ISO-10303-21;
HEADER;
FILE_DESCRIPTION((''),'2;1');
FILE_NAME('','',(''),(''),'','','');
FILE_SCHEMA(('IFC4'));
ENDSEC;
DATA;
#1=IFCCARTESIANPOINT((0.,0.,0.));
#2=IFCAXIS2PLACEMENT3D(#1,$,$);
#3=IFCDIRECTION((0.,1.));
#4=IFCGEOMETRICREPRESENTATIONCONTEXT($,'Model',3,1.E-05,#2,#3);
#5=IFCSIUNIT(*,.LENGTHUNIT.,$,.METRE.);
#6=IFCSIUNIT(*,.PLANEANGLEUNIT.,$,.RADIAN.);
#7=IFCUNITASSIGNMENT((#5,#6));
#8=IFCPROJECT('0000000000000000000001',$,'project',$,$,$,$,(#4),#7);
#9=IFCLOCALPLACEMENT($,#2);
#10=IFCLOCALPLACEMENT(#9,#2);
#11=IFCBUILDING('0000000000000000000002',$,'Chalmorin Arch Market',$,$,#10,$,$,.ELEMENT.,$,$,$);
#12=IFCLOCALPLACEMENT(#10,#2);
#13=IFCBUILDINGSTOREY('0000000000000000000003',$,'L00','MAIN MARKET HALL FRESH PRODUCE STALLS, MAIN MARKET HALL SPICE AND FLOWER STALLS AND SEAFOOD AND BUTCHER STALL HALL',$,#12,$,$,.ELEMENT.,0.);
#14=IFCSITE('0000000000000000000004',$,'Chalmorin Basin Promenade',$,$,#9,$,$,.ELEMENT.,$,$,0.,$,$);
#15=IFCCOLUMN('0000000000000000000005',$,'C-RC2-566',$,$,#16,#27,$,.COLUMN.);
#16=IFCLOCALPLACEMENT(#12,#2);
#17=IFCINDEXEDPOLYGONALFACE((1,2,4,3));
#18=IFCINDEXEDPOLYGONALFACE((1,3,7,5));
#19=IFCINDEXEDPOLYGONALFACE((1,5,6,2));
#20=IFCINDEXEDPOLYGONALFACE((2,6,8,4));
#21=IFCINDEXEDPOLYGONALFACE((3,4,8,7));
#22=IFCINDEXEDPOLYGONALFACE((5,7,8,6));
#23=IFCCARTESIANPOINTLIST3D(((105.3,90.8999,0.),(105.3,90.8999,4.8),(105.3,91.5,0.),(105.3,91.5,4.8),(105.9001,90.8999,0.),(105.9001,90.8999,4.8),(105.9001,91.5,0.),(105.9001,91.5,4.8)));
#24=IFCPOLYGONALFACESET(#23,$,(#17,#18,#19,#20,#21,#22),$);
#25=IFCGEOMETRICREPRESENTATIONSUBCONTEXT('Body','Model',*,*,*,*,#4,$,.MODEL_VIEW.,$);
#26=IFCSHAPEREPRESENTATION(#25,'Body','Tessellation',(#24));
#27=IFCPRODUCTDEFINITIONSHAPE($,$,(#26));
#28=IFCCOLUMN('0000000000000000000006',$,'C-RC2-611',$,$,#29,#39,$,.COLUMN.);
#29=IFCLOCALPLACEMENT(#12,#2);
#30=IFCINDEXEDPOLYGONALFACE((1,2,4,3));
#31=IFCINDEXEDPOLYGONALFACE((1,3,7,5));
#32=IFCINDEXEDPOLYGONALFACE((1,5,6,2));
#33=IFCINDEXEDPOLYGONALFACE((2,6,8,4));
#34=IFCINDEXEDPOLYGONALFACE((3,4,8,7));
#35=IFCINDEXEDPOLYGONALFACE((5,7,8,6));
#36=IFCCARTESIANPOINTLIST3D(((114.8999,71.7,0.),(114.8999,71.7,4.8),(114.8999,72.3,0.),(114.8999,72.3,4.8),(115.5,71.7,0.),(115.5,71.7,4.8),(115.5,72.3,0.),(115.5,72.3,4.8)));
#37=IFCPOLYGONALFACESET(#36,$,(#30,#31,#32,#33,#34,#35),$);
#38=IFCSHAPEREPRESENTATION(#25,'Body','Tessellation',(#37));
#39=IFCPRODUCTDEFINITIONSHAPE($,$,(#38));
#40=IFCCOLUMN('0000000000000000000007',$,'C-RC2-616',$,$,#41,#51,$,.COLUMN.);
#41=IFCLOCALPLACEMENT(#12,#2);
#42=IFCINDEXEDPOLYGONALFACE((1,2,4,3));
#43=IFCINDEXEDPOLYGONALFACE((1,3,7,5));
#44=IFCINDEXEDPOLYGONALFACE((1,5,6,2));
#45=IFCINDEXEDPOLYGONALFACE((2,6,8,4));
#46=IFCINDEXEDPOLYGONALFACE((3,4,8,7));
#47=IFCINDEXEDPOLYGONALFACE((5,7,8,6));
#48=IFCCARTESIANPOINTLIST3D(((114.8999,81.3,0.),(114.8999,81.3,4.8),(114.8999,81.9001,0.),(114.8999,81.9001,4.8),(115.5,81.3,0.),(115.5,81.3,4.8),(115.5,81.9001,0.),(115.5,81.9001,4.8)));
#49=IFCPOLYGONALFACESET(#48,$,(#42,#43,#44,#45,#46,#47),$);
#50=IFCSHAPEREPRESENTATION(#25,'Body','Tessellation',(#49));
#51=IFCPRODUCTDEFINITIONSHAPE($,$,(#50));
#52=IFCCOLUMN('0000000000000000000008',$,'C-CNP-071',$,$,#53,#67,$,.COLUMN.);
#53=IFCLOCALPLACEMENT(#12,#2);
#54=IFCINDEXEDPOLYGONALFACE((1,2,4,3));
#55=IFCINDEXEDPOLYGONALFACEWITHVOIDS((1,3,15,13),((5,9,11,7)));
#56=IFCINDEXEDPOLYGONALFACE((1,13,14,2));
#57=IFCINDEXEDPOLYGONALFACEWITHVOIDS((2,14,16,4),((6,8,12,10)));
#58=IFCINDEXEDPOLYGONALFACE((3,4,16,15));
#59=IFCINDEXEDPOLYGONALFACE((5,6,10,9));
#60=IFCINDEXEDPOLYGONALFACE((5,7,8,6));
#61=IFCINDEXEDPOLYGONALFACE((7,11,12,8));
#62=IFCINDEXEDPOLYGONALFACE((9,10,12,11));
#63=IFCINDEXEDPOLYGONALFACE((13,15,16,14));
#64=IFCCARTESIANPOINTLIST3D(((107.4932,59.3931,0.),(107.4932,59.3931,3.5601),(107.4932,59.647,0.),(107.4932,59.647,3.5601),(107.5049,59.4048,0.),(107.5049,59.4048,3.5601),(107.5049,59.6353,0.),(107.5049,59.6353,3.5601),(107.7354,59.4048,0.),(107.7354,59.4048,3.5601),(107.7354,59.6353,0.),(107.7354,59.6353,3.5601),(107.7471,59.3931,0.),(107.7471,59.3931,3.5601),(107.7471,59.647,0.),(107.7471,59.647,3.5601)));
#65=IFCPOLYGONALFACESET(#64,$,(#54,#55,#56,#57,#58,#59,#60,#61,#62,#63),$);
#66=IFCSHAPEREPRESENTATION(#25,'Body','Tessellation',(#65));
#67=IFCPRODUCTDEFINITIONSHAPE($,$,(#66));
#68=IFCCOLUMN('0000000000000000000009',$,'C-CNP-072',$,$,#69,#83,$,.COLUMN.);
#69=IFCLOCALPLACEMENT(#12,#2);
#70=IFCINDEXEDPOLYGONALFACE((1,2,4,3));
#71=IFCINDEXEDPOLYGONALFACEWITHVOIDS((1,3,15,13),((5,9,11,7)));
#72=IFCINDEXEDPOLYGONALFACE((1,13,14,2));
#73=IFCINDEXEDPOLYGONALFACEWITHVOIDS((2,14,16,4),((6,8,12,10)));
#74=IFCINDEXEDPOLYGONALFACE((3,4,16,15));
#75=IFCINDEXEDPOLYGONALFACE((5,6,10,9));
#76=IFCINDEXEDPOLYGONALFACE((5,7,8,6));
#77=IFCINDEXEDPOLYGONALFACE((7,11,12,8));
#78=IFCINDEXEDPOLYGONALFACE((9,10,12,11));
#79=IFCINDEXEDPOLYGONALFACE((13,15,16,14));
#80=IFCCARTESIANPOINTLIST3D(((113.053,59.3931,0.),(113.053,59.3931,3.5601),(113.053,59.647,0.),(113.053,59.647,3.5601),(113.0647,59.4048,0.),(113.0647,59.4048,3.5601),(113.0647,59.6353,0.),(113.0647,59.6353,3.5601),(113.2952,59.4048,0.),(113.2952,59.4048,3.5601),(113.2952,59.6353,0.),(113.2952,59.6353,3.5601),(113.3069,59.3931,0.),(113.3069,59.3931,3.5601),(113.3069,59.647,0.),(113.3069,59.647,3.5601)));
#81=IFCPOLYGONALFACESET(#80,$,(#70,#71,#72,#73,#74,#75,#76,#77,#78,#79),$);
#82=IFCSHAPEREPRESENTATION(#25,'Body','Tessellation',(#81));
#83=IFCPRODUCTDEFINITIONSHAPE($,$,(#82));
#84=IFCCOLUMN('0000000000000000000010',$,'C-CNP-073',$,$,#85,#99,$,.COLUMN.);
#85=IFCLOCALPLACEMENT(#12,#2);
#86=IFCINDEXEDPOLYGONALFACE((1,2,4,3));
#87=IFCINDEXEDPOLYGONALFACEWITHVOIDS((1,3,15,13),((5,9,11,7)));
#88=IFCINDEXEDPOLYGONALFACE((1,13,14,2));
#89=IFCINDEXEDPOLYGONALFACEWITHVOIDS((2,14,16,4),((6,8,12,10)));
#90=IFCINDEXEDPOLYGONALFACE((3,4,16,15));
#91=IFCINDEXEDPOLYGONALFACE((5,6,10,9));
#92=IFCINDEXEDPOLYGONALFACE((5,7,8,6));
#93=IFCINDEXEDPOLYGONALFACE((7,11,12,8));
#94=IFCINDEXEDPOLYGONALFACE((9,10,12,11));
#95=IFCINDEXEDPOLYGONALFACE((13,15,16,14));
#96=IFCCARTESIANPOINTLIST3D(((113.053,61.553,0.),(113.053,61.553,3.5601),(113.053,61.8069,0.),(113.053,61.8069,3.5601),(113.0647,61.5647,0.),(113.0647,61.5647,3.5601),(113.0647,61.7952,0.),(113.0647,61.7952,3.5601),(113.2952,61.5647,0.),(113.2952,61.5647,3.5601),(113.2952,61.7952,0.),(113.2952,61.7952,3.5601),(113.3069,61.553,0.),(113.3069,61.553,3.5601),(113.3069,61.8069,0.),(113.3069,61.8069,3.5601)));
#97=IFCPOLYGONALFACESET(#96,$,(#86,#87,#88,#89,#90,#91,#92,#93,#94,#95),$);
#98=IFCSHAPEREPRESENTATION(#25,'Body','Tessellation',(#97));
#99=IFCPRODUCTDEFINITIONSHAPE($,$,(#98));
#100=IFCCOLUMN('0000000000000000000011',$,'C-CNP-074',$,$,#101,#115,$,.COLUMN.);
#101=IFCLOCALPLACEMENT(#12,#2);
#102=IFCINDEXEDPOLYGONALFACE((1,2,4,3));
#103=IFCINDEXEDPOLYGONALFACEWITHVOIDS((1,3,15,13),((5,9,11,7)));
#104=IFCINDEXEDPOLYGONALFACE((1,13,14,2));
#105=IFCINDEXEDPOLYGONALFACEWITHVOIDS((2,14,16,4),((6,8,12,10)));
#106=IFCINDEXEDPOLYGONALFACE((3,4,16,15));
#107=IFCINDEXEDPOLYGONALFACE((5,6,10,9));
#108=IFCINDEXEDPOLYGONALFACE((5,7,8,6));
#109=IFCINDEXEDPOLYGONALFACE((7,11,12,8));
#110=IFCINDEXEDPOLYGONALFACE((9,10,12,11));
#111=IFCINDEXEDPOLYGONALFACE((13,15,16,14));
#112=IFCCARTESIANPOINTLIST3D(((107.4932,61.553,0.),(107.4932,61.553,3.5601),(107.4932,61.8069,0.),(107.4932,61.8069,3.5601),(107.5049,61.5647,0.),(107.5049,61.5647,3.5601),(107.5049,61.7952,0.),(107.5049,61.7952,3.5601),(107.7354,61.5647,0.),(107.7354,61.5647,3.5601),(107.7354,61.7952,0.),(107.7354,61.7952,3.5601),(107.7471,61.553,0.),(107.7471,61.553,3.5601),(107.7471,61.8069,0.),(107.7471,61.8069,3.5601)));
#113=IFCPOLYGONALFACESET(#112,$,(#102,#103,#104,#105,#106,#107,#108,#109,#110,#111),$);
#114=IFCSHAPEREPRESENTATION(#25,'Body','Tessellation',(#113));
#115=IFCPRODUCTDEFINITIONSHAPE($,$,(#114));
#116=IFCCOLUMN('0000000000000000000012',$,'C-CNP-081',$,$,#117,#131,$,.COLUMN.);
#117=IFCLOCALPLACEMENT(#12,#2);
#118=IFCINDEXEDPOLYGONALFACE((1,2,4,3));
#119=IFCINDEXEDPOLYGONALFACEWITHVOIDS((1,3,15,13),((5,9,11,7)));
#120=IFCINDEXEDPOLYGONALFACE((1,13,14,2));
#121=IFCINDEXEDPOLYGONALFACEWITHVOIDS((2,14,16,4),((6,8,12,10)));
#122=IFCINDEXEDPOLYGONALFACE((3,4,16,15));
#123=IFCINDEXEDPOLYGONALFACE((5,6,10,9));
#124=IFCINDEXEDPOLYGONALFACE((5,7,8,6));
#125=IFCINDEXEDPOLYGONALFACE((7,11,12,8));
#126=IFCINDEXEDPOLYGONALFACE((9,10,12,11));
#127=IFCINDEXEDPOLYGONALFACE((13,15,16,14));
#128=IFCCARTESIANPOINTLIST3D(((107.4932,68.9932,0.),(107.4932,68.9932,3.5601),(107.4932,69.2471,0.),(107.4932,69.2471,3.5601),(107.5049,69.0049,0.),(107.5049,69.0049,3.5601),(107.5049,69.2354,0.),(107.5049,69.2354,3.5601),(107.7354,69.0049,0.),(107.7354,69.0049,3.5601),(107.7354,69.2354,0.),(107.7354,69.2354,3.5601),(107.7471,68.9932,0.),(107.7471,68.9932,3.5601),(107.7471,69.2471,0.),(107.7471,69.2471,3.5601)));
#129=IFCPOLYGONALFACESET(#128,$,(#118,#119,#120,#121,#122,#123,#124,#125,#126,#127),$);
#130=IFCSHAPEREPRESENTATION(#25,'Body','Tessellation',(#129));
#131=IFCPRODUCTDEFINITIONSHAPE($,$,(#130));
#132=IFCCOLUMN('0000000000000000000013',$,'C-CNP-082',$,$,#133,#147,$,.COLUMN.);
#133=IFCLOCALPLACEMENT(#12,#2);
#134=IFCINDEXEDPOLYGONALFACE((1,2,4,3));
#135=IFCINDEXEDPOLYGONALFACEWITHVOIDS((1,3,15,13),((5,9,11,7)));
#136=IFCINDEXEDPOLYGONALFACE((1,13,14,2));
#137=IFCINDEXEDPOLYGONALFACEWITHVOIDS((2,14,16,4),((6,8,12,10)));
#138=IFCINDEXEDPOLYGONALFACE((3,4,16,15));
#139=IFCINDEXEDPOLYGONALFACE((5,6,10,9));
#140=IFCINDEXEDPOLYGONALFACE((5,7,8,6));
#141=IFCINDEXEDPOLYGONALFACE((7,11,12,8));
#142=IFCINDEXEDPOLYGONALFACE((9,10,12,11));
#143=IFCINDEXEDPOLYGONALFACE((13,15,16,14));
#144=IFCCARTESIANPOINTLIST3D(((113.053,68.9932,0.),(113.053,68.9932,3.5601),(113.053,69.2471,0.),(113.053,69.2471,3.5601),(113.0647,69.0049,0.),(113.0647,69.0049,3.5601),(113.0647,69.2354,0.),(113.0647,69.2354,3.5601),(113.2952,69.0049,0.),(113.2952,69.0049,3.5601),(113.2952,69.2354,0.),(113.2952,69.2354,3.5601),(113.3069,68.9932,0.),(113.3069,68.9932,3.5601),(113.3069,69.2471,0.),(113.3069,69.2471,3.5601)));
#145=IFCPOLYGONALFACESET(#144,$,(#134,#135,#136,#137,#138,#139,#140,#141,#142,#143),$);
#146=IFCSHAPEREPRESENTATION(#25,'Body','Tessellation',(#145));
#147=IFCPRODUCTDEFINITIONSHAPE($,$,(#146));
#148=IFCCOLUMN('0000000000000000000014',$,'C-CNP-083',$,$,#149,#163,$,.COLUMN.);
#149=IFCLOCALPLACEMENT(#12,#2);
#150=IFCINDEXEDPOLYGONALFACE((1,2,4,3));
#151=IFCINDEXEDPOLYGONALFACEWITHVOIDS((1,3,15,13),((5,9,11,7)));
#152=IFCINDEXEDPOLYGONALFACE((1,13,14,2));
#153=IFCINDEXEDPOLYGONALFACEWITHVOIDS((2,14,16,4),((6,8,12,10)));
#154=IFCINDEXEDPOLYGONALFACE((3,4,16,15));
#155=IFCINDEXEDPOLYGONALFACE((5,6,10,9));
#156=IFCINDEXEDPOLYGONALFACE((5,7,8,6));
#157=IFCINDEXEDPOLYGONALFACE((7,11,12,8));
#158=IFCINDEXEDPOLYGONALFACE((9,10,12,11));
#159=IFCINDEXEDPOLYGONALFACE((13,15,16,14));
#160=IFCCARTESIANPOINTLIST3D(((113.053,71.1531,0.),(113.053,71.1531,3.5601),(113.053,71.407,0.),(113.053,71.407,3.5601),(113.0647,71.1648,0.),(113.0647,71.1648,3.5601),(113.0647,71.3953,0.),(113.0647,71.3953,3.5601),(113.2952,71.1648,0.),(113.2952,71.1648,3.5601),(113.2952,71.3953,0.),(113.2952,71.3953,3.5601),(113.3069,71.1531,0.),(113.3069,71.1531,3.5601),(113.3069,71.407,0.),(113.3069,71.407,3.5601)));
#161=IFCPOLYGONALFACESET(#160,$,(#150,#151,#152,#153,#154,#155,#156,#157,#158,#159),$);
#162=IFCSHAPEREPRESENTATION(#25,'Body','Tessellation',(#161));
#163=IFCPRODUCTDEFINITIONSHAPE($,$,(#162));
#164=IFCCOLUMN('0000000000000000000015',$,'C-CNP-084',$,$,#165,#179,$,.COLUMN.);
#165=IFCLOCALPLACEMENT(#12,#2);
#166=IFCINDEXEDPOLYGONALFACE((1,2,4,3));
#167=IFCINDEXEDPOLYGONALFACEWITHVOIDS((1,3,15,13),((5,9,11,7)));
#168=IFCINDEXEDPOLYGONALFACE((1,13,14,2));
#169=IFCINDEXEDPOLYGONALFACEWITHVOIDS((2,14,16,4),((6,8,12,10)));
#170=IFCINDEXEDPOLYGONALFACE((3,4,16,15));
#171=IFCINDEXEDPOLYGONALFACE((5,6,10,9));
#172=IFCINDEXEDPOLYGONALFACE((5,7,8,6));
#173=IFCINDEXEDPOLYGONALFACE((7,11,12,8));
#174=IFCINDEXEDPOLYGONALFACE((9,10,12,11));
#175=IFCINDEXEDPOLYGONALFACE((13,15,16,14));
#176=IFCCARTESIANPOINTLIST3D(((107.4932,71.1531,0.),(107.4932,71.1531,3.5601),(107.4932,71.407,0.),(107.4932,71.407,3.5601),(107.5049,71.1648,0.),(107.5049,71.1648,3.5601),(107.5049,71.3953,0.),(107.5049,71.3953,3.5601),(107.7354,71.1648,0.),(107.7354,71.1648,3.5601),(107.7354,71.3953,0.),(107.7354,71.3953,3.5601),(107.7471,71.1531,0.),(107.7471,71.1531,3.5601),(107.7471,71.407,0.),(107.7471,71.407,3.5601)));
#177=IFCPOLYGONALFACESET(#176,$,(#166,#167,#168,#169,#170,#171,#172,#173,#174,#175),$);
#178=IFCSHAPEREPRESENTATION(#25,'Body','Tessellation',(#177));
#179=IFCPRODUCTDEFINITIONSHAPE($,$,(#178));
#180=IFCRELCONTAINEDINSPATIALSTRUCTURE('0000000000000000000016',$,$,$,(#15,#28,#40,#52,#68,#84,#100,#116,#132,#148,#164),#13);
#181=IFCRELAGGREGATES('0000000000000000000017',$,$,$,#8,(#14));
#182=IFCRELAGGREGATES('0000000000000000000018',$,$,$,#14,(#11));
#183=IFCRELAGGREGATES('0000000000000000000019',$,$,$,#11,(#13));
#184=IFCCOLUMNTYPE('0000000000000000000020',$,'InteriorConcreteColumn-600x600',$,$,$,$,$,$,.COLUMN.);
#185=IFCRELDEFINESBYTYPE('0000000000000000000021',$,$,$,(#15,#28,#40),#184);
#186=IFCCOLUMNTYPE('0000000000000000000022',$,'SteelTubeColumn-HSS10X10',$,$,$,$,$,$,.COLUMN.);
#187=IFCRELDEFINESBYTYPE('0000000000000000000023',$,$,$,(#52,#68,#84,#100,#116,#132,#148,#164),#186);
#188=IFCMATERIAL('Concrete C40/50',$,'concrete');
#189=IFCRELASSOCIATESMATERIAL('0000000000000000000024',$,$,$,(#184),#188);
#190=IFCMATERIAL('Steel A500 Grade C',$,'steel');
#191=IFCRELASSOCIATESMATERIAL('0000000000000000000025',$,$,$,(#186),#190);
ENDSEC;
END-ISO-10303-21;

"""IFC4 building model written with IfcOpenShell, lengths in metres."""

from ifc_helpers import new_model, si_unit, direction, frame, origin, origin_2d, place, context, subcontext, project, spatial, rectangle, hollow_rectangle, extrude, material, material_profile, profile_set, type_object, element, save


model = new_model("IFC4")

# Units and contexts
model_context = context("Model", 3, precision=1e-05, world=origin(), true_north=direction((0.0, 1.0)))
body_context = subcontext(model_context, "Body", "Model", "MODEL_VIEW")
ifc_project = project(units=[si_unit("LENGTHUNIT", "METRE"), si_unit("PLANEANGLEUNIT", "RADIAN")], contexts=[model_context])

# Site, building, storey
site_placement = place(None, origin())
site = spatial("IfcSite", under=ifc_project, at=site_placement, Name="Chalmorin Basin Promenade", CompositionType="ELEMENT", RefElevation=0.0)
building_placement = place(site_placement, origin())
building = spatial("IfcBuilding", under=site, at=building_placement, Name="Chalmorin Arch Market", CompositionType="ELEMENT")
storey_placement = place(building_placement, origin())
storey = spatial("IfcBuildingStorey", under=building, at=storey_placement, Name="L00", Description="MAIN MARKET HALL FRESH PRODUCE STALLS, MAIN MARKET HALL SPICE AND FLOWER STALLS AND SEAFOOD AND BUTCHER STALL HALL", CompositionType="ELEMENT", Elevation=0.0)

# Columns
ifc_material_1 = material(Name="Concrete C40/50", Category="concrete")
ifc_material_profile_1 = material_profile(ifc_material_1, rectangle(XDim=0.6001, YDim=0.6001, at=origin_2d()), Name="RC600X600")
ifc_profile_set_1 = profile_set([ifc_material_profile_1], Name="Concrete C40/50")
column_type_1 = type_object("IfcColumnType", Name="InteriorConcreteColumn-600x600", PredefinedType="COLUMN", material=ifc_profile_set_1)
for number, where, z_axis, x_axis, name in (
    (1, (105.6001, 91.2, 0.0), (0.0, 0.0, 1.0), (1.0, 0.0, 0.0), "C-RC2-566"),
    (2, (115.2, 72.0, 0.0), (0.0, 0.0, 1.0), (1.0, 0.0, 0.0), "C-RC2-611"),
    (3, (115.2, 81.6001, 0.0), (0.0, 0.0, 1.0), (1.0, 0.0, 0.0), "C-RC2-616"),
):
    element("IfcColumn", number, at=place(storey_placement, frame(where, z_axis=z_axis, x_axis=x_axis)), inside=storey, type_object=column_type_1, Name=name, PredefinedType="COLUMN", context=body_context, shape_type="SweptSolid", body=[
        extrude(rectangle(XDim=0.6001, YDim=0.6001, at=origin_2d()), origin(), (0.0, 0.0, 1.0), 4.8),
    ])
ifc_material_2 = material(Name="Steel A500 Grade C", Category="steel")
ifc_material_profile_2 = material_profile(ifc_material_2, hollow_rectangle(XDim=0.2539, YDim=0.2539, WallThickness=0.0117, at=origin_2d()), Name="HSS10X10X1/2")
ifc_profile_set_2 = profile_set([ifc_material_profile_2], Name="Steel A500 Grade C")
column_type_2 = type_object("IfcColumnType", Name="SteelTubeColumn-HSS10X10", PredefinedType="COLUMN", material=ifc_profile_set_2)
for number, where, z_axis, x_axis, name in (
    (4, (107.6201, 59.52, 0.0), (0.0, 0.0, 1.0), (1.0, 0.0, 0.0), "C-CNP-071"),
    (5, (113.1799, 59.52, 0.0), (0.0, 0.0, 1.0), (1.0, 0.0, 0.0), "C-CNP-072"),
    (6, (113.1799, 61.6799, 0.0), (0.0, 0.0, 1.0), (1.0, 0.0, 0.0), "C-CNP-073"),
    (7, (107.6201, 61.6799, 0.0), (0.0, 0.0, 1.0), (1.0, 0.0, 0.0), "C-CNP-074"),
    (8, (107.6201, 69.1201, 0.0), (0.0, 0.0, 1.0), (1.0, 0.0, 0.0), "C-CNP-081"),
    (9, (113.1799, 69.1201, 0.0), (0.0, 0.0, 1.0), (1.0, 0.0, 0.0), "C-CNP-082"),
    (10, (113.1799, 71.28, 0.0), (0.0, 0.0, 1.0), (1.0, 0.0, 0.0), "C-CNP-083"),
    (11, (107.6201, 71.28, 0.0), (0.0, 0.0, 1.0), (1.0, 0.0, 0.0), "C-CNP-084"),
):
    element("IfcColumn", number, at=place(storey_placement, frame(where, z_axis=z_axis, x_axis=x_axis)), inside=storey, type_object=column_type_2, Name=name, PredefinedType="COLUMN", context=body_context, shape_type="SweptSolid", body=[
        extrude(hollow_rectangle(XDim=0.2539, YDim=0.2539, WallThickness=0.0117, at=origin_2d()), origin(), (0.0, 0.0, 1.0), 3.5601),
    ])

save(model, "model.ifc")
